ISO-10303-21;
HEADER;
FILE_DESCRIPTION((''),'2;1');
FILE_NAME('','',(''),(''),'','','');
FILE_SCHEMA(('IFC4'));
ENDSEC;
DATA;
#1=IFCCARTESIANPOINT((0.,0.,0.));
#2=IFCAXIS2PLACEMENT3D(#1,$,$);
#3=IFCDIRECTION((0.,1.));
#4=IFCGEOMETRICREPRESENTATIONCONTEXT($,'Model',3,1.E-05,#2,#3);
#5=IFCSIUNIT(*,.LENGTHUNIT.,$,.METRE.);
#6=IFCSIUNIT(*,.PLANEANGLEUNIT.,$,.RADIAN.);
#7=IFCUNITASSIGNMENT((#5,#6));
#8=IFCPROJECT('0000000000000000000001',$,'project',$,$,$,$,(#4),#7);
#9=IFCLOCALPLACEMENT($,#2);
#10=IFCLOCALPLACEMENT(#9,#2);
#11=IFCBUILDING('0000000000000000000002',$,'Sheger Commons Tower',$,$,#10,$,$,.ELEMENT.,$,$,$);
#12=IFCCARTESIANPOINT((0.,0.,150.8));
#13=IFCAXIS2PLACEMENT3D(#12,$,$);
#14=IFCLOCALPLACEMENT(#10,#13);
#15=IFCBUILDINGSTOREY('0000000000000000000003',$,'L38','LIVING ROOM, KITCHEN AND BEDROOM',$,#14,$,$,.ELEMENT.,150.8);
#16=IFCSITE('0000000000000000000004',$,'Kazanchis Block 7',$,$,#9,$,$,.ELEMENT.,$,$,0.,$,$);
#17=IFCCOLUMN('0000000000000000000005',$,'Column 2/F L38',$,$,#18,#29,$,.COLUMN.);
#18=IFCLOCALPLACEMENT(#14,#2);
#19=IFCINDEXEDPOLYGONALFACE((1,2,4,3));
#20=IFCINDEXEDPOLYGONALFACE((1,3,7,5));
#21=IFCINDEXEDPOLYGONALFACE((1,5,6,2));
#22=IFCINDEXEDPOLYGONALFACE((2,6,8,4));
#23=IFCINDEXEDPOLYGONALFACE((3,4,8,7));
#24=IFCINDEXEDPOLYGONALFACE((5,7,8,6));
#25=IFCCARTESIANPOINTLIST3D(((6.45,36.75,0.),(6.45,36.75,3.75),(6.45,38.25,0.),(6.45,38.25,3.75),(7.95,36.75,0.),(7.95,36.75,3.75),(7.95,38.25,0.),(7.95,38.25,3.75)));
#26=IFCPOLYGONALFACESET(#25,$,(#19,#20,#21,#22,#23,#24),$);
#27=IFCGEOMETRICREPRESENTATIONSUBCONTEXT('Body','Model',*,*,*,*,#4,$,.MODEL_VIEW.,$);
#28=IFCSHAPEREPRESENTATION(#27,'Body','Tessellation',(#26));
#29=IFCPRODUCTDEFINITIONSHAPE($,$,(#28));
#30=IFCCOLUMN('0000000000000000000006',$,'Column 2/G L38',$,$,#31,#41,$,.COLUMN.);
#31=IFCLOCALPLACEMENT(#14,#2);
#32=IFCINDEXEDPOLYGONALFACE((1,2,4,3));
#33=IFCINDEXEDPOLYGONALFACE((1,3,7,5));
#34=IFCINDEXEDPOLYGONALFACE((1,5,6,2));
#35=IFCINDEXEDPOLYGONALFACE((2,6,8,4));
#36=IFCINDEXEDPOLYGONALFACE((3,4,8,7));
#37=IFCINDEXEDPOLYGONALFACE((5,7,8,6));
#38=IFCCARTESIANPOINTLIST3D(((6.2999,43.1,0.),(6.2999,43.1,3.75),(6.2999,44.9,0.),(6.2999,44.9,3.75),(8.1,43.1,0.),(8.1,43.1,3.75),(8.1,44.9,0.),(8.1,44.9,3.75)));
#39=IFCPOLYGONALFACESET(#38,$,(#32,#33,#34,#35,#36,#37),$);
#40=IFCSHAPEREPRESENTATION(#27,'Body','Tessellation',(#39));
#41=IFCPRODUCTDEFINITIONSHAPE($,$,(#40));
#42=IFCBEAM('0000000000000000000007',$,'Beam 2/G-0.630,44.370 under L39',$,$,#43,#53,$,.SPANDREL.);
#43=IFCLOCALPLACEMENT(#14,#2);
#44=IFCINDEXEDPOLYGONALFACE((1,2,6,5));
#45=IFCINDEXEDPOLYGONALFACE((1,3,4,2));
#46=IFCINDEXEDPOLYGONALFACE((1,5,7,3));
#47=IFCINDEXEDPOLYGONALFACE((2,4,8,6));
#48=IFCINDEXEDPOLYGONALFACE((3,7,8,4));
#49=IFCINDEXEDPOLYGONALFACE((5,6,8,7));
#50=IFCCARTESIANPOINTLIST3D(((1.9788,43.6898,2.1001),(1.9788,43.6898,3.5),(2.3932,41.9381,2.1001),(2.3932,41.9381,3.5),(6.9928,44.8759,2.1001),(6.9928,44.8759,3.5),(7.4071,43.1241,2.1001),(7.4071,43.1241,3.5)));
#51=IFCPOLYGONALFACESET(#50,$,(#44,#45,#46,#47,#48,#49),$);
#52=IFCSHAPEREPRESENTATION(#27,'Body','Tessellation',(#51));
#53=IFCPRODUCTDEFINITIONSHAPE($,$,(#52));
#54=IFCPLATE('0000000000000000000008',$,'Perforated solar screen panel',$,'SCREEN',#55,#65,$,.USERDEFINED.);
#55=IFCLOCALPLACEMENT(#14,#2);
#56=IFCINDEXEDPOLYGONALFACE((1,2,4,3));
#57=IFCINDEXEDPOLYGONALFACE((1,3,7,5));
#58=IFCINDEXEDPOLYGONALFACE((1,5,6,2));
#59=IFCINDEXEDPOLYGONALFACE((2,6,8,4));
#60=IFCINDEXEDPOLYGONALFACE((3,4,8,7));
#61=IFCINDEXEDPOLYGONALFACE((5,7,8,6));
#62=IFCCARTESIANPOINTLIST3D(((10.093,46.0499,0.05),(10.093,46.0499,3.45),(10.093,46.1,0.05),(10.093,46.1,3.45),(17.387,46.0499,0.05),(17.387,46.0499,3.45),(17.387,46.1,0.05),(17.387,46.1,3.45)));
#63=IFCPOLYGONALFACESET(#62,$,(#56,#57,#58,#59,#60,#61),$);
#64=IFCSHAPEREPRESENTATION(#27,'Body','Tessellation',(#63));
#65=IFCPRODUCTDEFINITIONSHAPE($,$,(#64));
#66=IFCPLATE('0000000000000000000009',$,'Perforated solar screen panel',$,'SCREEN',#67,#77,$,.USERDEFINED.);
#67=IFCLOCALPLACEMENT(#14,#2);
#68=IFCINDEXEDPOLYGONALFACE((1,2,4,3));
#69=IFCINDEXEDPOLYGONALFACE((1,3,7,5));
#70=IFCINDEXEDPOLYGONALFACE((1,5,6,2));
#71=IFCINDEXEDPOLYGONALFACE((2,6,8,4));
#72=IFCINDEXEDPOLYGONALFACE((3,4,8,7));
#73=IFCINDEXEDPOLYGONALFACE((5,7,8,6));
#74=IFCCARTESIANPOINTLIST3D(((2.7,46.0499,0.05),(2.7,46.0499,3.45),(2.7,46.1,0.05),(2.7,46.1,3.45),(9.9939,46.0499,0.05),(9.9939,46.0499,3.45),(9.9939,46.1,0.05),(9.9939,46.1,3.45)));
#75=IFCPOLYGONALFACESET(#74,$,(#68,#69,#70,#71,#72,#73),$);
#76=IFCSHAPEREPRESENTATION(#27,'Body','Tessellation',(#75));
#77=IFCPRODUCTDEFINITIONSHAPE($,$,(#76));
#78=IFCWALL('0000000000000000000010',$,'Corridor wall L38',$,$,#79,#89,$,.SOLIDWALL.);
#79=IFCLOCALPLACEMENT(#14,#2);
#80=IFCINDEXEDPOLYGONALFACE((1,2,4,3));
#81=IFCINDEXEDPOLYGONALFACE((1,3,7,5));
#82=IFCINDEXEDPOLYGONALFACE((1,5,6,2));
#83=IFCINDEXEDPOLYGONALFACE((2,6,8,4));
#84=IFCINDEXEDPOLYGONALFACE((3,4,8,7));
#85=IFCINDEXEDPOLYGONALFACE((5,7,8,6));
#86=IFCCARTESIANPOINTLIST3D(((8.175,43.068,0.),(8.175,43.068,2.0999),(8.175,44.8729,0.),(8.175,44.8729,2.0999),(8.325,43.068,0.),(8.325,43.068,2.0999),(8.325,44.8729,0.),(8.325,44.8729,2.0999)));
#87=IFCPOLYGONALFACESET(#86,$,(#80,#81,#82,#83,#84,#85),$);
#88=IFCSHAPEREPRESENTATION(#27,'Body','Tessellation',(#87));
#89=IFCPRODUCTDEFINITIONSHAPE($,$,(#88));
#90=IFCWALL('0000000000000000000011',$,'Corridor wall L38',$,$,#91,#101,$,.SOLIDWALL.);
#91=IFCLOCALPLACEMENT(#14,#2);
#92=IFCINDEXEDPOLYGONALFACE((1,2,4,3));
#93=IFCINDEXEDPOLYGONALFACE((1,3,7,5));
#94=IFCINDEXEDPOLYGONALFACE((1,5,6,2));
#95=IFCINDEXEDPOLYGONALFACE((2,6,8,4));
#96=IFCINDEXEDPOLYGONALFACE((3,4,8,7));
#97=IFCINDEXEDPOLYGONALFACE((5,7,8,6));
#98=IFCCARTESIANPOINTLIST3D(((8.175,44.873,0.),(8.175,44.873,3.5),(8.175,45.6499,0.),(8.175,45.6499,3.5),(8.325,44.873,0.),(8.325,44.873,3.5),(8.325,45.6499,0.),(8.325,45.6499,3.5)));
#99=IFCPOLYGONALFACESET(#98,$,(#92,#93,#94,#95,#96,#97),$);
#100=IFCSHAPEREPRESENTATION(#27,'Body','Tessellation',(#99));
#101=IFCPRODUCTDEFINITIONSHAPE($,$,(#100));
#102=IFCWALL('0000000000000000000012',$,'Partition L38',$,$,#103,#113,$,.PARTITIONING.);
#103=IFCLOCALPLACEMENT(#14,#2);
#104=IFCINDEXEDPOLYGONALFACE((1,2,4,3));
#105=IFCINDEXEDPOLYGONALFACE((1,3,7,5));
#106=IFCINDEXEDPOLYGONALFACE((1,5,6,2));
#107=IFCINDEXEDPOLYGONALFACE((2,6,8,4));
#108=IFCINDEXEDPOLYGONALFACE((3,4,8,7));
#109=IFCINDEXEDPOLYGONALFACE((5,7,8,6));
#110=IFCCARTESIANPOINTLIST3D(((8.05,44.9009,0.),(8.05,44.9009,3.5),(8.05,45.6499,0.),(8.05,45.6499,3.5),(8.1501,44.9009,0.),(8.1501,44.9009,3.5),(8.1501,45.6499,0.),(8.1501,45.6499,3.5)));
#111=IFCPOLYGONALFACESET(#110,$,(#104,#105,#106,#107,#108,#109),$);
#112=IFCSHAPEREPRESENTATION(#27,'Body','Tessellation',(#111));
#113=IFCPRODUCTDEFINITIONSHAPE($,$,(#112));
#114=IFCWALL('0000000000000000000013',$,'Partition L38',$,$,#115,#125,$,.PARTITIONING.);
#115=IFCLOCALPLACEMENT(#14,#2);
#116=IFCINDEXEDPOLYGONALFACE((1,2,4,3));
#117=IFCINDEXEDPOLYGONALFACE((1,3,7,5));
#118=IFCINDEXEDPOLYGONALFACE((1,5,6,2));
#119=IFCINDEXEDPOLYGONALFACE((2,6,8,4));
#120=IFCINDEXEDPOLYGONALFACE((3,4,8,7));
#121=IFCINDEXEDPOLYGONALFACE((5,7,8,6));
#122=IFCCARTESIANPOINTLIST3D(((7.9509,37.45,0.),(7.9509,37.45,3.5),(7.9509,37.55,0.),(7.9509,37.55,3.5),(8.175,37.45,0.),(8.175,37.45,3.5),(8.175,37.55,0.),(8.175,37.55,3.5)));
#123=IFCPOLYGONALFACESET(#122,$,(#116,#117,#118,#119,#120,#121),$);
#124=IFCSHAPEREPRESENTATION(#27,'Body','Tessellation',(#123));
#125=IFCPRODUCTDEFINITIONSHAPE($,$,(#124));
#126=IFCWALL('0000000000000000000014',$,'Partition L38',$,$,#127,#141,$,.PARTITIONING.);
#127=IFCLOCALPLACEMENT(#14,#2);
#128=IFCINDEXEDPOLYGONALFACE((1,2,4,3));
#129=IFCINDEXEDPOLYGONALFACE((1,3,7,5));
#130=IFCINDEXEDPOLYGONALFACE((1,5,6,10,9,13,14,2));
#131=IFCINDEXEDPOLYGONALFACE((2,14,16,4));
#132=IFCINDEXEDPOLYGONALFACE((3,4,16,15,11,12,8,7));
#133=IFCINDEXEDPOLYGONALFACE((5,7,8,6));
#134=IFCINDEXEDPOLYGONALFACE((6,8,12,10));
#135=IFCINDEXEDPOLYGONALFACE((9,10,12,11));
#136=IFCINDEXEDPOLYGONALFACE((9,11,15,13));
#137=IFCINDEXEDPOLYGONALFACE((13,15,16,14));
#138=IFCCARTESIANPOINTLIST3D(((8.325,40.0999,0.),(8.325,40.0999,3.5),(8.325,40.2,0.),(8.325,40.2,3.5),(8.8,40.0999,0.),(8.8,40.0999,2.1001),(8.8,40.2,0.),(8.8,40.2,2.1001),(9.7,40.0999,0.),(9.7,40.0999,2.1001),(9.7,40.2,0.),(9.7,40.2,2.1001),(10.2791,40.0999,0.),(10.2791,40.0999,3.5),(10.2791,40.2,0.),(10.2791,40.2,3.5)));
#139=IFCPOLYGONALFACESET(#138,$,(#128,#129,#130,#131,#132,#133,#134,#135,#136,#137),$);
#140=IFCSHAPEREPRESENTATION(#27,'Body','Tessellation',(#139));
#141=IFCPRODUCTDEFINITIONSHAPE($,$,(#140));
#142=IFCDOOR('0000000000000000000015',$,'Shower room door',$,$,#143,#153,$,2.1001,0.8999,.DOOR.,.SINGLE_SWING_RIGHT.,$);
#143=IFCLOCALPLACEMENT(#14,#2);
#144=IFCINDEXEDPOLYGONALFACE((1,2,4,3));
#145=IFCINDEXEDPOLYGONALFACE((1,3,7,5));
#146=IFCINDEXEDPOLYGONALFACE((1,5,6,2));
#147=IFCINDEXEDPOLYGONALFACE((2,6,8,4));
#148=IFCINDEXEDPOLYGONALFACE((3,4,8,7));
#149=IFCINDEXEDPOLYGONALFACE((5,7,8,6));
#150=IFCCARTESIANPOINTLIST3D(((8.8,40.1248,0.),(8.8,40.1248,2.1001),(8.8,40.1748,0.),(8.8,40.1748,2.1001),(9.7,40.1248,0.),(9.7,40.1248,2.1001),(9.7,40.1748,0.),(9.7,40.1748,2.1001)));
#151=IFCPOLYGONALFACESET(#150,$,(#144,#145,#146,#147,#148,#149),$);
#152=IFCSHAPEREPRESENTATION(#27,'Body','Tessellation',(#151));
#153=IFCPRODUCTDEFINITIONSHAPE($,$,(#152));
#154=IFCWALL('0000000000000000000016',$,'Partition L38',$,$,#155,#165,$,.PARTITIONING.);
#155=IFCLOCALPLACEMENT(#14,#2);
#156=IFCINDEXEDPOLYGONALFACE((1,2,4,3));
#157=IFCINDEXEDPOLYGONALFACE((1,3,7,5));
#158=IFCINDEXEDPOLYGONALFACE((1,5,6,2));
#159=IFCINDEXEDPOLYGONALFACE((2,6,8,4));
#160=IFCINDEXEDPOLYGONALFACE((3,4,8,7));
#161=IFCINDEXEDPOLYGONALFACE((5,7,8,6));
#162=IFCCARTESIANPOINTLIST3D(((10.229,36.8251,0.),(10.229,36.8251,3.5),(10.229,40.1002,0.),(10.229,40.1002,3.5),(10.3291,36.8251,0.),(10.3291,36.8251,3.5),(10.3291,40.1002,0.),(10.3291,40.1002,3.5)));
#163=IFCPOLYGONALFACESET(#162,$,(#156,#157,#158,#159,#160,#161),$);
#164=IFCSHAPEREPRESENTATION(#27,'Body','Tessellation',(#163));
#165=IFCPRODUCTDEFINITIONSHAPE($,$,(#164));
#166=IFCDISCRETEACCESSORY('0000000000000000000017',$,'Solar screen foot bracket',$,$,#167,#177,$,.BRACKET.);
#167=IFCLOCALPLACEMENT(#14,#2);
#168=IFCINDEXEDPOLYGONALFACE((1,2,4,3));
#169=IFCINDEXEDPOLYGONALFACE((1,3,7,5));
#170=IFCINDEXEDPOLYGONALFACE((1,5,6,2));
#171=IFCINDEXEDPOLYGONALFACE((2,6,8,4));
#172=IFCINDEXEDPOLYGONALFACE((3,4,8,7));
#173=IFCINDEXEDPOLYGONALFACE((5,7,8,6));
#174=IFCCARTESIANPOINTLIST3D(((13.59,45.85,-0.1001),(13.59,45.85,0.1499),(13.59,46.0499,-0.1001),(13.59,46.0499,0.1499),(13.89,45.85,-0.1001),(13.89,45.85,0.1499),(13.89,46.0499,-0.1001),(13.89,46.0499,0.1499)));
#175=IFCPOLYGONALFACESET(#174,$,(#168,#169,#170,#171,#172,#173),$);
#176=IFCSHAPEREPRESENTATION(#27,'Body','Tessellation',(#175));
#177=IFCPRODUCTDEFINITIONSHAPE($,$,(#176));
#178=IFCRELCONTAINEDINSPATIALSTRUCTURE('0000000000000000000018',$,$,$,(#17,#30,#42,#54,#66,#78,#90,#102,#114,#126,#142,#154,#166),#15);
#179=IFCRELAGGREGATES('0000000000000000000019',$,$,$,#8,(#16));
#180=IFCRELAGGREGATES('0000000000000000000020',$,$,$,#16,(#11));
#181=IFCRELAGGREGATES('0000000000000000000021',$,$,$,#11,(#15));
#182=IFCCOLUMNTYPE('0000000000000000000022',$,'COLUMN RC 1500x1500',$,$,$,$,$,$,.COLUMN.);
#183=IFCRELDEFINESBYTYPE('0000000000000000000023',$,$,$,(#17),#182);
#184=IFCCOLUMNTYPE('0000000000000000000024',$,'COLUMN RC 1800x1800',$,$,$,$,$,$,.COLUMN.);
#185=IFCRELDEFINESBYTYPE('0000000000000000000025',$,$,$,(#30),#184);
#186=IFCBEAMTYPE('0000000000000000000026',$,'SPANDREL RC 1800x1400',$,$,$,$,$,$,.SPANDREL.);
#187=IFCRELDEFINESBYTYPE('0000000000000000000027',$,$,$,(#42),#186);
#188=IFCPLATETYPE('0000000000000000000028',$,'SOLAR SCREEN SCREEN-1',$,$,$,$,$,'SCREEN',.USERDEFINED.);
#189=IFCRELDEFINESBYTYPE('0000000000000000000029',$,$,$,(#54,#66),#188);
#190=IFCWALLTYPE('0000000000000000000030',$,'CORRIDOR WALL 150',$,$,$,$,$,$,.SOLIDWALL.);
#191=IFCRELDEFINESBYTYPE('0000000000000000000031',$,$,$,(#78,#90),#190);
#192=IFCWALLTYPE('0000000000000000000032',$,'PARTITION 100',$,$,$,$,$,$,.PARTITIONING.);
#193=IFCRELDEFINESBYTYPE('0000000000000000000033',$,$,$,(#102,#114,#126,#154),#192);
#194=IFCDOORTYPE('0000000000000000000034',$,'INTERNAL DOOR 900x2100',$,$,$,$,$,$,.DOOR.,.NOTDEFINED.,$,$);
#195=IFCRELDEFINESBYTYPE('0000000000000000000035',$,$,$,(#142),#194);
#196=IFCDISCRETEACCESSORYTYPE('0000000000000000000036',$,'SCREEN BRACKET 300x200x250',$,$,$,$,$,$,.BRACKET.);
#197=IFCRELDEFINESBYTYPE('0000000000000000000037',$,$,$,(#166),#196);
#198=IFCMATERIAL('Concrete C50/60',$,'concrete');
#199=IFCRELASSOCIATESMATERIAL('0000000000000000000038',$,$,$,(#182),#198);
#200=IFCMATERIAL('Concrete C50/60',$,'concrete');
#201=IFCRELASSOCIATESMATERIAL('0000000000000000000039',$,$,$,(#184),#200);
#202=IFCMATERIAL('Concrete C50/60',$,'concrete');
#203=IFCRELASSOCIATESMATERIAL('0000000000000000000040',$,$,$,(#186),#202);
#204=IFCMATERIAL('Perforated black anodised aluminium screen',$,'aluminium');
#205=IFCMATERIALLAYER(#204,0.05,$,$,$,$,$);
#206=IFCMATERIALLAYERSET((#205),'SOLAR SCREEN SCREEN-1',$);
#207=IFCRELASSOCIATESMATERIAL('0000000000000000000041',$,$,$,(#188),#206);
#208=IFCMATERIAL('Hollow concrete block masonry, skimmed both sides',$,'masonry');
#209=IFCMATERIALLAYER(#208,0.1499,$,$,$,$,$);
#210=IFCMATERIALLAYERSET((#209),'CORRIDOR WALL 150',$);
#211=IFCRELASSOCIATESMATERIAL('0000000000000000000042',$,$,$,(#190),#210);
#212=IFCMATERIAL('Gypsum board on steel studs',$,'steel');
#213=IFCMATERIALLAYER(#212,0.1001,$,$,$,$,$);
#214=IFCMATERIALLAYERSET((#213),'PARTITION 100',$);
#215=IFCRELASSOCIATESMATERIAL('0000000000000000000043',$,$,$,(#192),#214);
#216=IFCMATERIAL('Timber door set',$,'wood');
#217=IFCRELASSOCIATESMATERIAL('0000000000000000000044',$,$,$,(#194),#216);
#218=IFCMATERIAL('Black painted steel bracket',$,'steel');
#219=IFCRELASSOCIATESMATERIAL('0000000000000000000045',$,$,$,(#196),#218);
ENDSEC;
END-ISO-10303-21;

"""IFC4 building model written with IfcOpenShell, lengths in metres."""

from ifc_helpers import new_model, si_unit, direction, frame, frame_2d, origin, origin_2d, place, context, subcontext, project, spatial, rectangle, extrude, material, layer, layer_set, material_profile, profile_set, type_object, element, fill, save


model = new_model("IFC4")

# Units and contexts
model_context = context("Model", 3, precision=1e-05, world=origin(), true_north=direction((0.0, 1.0)))
body_context = subcontext(model_context, "Body", "Model", "MODEL_VIEW")
ifc_project = project(units=[si_unit("LENGTHUNIT", "METRE"), si_unit("PLANEANGLEUNIT", "RADIAN")], contexts=[model_context])

# Site, building, storey
site_placement = place(None, origin())
site = spatial("IfcSite", under=ifc_project, at=site_placement, Name="Kazanchis Block 7", CompositionType="ELEMENT", RefElevation=0.0)
building_placement = place(site_placement, origin())
building = spatial("IfcBuilding", under=site, at=building_placement, Name="Sheger Commons Tower", CompositionType="ELEMENT")
storey_placement = place(building_placement, frame((0.0, 0.0, 150.8)))
storey = spatial("IfcBuildingStorey", under=building, at=storey_placement, Name="L38", Description="LIVING ROOM, KITCHEN AND BEDROOM", CompositionType="ELEMENT", Elevation=150.8)

# Columns
ifc_material_1 = material(Name="Concrete C50/60", Category="concrete")
ifc_material_profile_1 = material_profile(ifc_material_1, rectangle(XDim=1.5, YDim=1.5, at=origin_2d()), Name="RC 1500x1500")
ifc_profile_set_1 = profile_set([ifc_material_profile_1], Name="Concrete C50/60")
column_type_1 = type_object("IfcColumnType", Name="COLUMN RC 1500x1500", PredefinedType="COLUMN", material=ifc_profile_set_1)
column_1_placement = place(storey_placement, frame((7.2, 37.5, 0.0), z_axis=(0.0, 0.0, 1.0), x_axis=(1.0, 0.0, 0.0)))
element("IfcColumn", 1, at=column_1_placement, inside=storey, type_object=column_type_1, Name="Column 2/F L38", PredefinedType="COLUMN", context=body_context, shape_type="SweptSolid", body=[
    extrude(rectangle(XDim=1.5, YDim=1.5, at=origin_2d()), origin(), (0.0, 0.0, 1.0), 3.75),
])
ifc_material_2 = material(Name="Concrete C50/60", Category="concrete")
ifc_material_profile_2 = material_profile(ifc_material_2, rectangle(XDim=1.8, YDim=1.8, at=origin_2d()), Name="RC 1800x1800")
ifc_profile_set_2 = profile_set([ifc_material_profile_2], Name="Concrete C50/60")
column_type_2 = type_object("IfcColumnType", Name="COLUMN RC 1800x1800", PredefinedType="COLUMN", material=ifc_profile_set_2)
column_2_placement = place(storey_placement, frame((7.2, 44.0, 0.0), z_axis=(0.0, 0.0, 1.0), x_axis=(1.0, 0.0, 0.0)))
element("IfcColumn", 2, at=column_2_placement, inside=storey, type_object=column_type_2, Name="Column 2/G L38", PredefinedType="COLUMN", context=body_context, shape_type="SweptSolid", body=[
    extrude(rectangle(XDim=1.8, YDim=1.8, at=origin_2d()), origin(), (0.0, 0.0, 1.0), 3.75),
])

# Beam
ifc_material_3 = material(Name="Concrete C50/60", Category="concrete")
ifc_material_profile_3 = material_profile(ifc_material_3, rectangle(XDim=1.8, YDim=1.3999, at=origin_2d()), Name="RC 1800x1400")
ifc_profile_set_3 = profile_set([ifc_material_profile_3], Name="Concrete C50/60")
beam_type = type_object("IfcBeamType", Name="SPANDREL RC 1800x1400", PredefinedType="SPANDREL", material=ifc_profile_set_3)
beam_placement = place(storey_placement, frame((7.2, 44.0, 2.8), z_axis=(-0.973144, -0.230196, 0.0), x_axis=(0.230196, -0.973144, 0.0)))
element("IfcBeam", 3, at=beam_placement, inside=storey, type_object=beam_type, Name="Beam 2/G-0.630,44.370 under L39", PredefinedType="SPANDREL", context=body_context, shape_type="SweptSolid", body=[
    extrude(rectangle(XDim=1.8, YDim=1.3999, at=origin_2d()), origin(), (0.0, 0.0, 1.0), 5.1523),
])

# Plates
ifc_material_4 = material(Name="Perforated black anodised aluminium screen", Category="aluminium")
ifc_layer_1 = layer(ifc_material_4, 0.05)
ifc_layer_set_1 = layer_set([ifc_layer_1], Name="SOLAR SCREEN SCREEN-1")
plate_type = type_object("IfcPlateType", Name="SOLAR SCREEN SCREEN-1", ElementType="SCREEN", PredefinedType="USERDEFINED", material=ifc_layer_set_1)
for number, where, z_axis, x_axis, name in (
    (4, (13.74, 46.075, 0.05), (0.0, 0.0, 1.0), (-1.0, 0.0, 0.0), "Perforated solar screen panel"),
    (5, (6.3469, 46.075, 0.05), (0.0, 0.0, 1.0), (-1.0, 0.0, 0.0), "Perforated solar screen panel"),
):
    element("IfcPlate", number, at=place(storey_placement, frame(where, z_axis=z_axis, x_axis=x_axis)), inside=storey, type_object=plate_type, Name=name, ObjectType="SCREEN", PredefinedType="USERDEFINED", context=body_context, shape_type="SweptSolid", body=[
        extrude(rectangle(XDim=7.2939, YDim=0.05, at=origin_2d()), origin(), (0.0, 0.0, 1.0), 3.3999),
    ])

# Walls
ifc_material_5 = material(Name="Hollow concrete block masonry, skimmed both sides", Category="masonry")
ifc_layer_2 = layer(ifc_material_5, 0.1499)
ifc_layer_set_2 = layer_set([ifc_layer_2], Name="CORRIDOR WALL 150")
wall_type_1 = type_object("IfcWallType", Name="CORRIDOR WALL 150", PredefinedType="SOLIDWALL", material=ifc_layer_set_2)
wall_1_placement = place(storey_placement, frame((8.25, 43.0681, 0.0), z_axis=(0.0, 0.0, 1.0), x_axis=(0.0, 1.0, 0.0)))
element("IfcWall", 6, at=wall_1_placement, inside=storey, type_object=wall_type_1, Name="Corridor wall L38", PredefinedType="SOLIDWALL", context=body_context, shape_type="SweptSolid", body=[
    extrude(rectangle(XDim=1.8049, YDim=0.1499, at=frame_2d((0.9023, 0.0))), origin(), (0.0, 0.0, 1.0), 2.0999),
])
wall_2_placement = place(storey_placement, frame((8.25, 44.873, 0.0), z_axis=(0.0, 0.0, 1.0), x_axis=(0.0, 1.0, 0.0)))
element("IfcWall", 7, at=wall_2_placement, inside=storey, type_object=wall_type_1, Name="Corridor wall L38", PredefinedType="SOLIDWALL", context=body_context, shape_type="SweptSolid", body=[
    extrude(rectangle(XDim=0.7769, YDim=0.1499, at=frame_2d((0.3884, 0.0))), origin(), (0.0, 0.0, 1.0), 3.5),
])
ifc_material_6 = material(Name="Gypsum board on steel studs", Category="steel")
ifc_layer_3 = layer(ifc_material_6, 0.1001)
ifc_layer_set_3 = layer_set([ifc_layer_3], Name="PARTITION 100")
wall_type_2 = type_object("IfcWallType", Name="PARTITION 100", PredefinedType="PARTITIONING", material=ifc_layer_set_3)
wall_3_placement = place(storey_placement, frame((8.1001, 45.6499, 0.0), z_axis=(0.0, 0.0, 1.0), x_axis=(0.0, -1.0, 0.0)))
element("IfcWall", 8, at=wall_3_placement, inside=storey, type_object=wall_type_2, Name="Partition L38", PredefinedType="PARTITIONING", context=body_context, shape_type="SweptSolid", body=[
    extrude(rectangle(XDim=0.749, YDim=0.1001, at=frame_2d((0.3745, 0.0))), origin(), (0.0, 0.0, 1.0), 3.5),
])
wall_4_placement = place(storey_placement, frame((7.9509, 37.5, 0.0), z_axis=(0.0, 0.0, 1.0), x_axis=(1.0, 0.0, 0.0)))
element("IfcWall", 9, at=wall_4_placement, inside=storey, type_object=wall_type_2, Name="Partition L38", PredefinedType="PARTITIONING", context=body_context, shape_type="SweptSolid", body=[
    extrude(rectangle(XDim=0.2241, YDim=0.1001, at=frame_2d((0.1121, 0.0))), origin(), (0.0, 0.0, 1.0), 3.5),
])

# Wall, opening, door
wall_5_placement = place(storey_placement, frame((8.325, 40.1499, 0.0), z_axis=(0.0, 0.0, 1.0), x_axis=(1.0, 0.0, 0.0)))
wall_5 = element("IfcWall", 10, at=wall_5_placement, inside=storey, type_object=wall_type_2, Name="Partition L38", PredefinedType="PARTITIONING", context=body_context, shape_type="SweptSolid", body=[
    extrude(rectangle(XDim=1.9541, YDim=0.1001, at=frame_2d((0.9771, 0.0))), origin(), (0.0, 0.0, 1.0), 3.5),
])
opening_placement = place(wall_5_placement, frame((0.4751, 0.0, 0.0)))
opening = element("IfcOpeningElement", 11, at=opening_placement, cuts=wall_5, PredefinedType="OPENING", context=body_context, shape_type="SweptSolid", body=[
    extrude(rectangle(XDim=0.8999, YDim=2.1001, at=frame_2d((0.45, 1.05))), frame((0.0, 0.0601, 0.0), z_axis=(0.0, -1.0, 0.0), x_axis=(1.0, 0.0, 0.0)), (0.0, 0.0, 1.0), 0.1201),
])
ifc_material_7 = material(Name="Timber door set", Category="wood")
door_type = type_object("IfcDoorType", Name="INTERNAL DOOR 900x2100", OperationType="NOTDEFINED", PredefinedType="DOOR", material=ifc_material_7)
door_placement = place(opening_placement, origin())
door = element("IfcDoor", 12, at=door_placement, inside=storey, type_object=door_type, Name="Shower room door", OperationType="SINGLE_SWING_RIGHT", OverallHeight=2.1001, OverallWidth=0.8999, PredefinedType="DOOR", context=body_context, shape_type="SweptSolid", body=[
    extrude(rectangle(XDim=0.8999, YDim=2.1001, at=frame_2d((0.45, 1.05))), frame((0.0, 0.0249, 0.0), z_axis=(0.0, -1.0, 0.0), x_axis=(1.0, 0.0, 0.0)), (0.0, 0.0, 1.0), 0.05),
])
fill(opening, door)

# Wall
wall_6_placement = place(storey_placement, frame((10.2791, 36.825, 0.0), z_axis=(0.0, 0.0, 1.0), x_axis=(0.0, 1.0, 0.0)))
element("IfcWall", 13, at=wall_6_placement, inside=storey, type_object=wall_type_2, Name="Partition L38", PredefinedType="PARTITIONING", context=body_context, shape_type="SweptSolid", body=[
    extrude(rectangle(XDim=3.2751, YDim=0.1001, at=frame_2d((1.6377, 0.0))), origin(), (0.0, 0.0, 1.0), 3.5),
])

# Discrete accessory
ifc_material_8 = material(Name="Black painted steel bracket", Category="steel")
discrete_accessory_type = type_object("IfcDiscreteAccessoryType", Name="SCREEN BRACKET 300x200x250", PredefinedType="BRACKET", material=ifc_material_8)
for number, where, z_axis, x_axis, name in (
    (14, (13.74, 45.95, -0.1001), (0.0, 0.0, 1.0), (-1.0, 0.0, 0.0), "Solar screen foot bracket"),
):
    element("IfcDiscreteAccessory", number, at=place(storey_placement, frame(where, z_axis=z_axis, x_axis=x_axis)), inside=storey, type_object=discrete_accessory_type, Name=name, PredefinedType="BRACKET", context=body_context, shape_type="SweptSolid", body=[
        extrude(rectangle(XDim=0.3, YDim=0.2, at=origin_2d()), origin(), (0.0, 0.0, 1.0), 0.25),
    ])

save(model, "model.ifc")
